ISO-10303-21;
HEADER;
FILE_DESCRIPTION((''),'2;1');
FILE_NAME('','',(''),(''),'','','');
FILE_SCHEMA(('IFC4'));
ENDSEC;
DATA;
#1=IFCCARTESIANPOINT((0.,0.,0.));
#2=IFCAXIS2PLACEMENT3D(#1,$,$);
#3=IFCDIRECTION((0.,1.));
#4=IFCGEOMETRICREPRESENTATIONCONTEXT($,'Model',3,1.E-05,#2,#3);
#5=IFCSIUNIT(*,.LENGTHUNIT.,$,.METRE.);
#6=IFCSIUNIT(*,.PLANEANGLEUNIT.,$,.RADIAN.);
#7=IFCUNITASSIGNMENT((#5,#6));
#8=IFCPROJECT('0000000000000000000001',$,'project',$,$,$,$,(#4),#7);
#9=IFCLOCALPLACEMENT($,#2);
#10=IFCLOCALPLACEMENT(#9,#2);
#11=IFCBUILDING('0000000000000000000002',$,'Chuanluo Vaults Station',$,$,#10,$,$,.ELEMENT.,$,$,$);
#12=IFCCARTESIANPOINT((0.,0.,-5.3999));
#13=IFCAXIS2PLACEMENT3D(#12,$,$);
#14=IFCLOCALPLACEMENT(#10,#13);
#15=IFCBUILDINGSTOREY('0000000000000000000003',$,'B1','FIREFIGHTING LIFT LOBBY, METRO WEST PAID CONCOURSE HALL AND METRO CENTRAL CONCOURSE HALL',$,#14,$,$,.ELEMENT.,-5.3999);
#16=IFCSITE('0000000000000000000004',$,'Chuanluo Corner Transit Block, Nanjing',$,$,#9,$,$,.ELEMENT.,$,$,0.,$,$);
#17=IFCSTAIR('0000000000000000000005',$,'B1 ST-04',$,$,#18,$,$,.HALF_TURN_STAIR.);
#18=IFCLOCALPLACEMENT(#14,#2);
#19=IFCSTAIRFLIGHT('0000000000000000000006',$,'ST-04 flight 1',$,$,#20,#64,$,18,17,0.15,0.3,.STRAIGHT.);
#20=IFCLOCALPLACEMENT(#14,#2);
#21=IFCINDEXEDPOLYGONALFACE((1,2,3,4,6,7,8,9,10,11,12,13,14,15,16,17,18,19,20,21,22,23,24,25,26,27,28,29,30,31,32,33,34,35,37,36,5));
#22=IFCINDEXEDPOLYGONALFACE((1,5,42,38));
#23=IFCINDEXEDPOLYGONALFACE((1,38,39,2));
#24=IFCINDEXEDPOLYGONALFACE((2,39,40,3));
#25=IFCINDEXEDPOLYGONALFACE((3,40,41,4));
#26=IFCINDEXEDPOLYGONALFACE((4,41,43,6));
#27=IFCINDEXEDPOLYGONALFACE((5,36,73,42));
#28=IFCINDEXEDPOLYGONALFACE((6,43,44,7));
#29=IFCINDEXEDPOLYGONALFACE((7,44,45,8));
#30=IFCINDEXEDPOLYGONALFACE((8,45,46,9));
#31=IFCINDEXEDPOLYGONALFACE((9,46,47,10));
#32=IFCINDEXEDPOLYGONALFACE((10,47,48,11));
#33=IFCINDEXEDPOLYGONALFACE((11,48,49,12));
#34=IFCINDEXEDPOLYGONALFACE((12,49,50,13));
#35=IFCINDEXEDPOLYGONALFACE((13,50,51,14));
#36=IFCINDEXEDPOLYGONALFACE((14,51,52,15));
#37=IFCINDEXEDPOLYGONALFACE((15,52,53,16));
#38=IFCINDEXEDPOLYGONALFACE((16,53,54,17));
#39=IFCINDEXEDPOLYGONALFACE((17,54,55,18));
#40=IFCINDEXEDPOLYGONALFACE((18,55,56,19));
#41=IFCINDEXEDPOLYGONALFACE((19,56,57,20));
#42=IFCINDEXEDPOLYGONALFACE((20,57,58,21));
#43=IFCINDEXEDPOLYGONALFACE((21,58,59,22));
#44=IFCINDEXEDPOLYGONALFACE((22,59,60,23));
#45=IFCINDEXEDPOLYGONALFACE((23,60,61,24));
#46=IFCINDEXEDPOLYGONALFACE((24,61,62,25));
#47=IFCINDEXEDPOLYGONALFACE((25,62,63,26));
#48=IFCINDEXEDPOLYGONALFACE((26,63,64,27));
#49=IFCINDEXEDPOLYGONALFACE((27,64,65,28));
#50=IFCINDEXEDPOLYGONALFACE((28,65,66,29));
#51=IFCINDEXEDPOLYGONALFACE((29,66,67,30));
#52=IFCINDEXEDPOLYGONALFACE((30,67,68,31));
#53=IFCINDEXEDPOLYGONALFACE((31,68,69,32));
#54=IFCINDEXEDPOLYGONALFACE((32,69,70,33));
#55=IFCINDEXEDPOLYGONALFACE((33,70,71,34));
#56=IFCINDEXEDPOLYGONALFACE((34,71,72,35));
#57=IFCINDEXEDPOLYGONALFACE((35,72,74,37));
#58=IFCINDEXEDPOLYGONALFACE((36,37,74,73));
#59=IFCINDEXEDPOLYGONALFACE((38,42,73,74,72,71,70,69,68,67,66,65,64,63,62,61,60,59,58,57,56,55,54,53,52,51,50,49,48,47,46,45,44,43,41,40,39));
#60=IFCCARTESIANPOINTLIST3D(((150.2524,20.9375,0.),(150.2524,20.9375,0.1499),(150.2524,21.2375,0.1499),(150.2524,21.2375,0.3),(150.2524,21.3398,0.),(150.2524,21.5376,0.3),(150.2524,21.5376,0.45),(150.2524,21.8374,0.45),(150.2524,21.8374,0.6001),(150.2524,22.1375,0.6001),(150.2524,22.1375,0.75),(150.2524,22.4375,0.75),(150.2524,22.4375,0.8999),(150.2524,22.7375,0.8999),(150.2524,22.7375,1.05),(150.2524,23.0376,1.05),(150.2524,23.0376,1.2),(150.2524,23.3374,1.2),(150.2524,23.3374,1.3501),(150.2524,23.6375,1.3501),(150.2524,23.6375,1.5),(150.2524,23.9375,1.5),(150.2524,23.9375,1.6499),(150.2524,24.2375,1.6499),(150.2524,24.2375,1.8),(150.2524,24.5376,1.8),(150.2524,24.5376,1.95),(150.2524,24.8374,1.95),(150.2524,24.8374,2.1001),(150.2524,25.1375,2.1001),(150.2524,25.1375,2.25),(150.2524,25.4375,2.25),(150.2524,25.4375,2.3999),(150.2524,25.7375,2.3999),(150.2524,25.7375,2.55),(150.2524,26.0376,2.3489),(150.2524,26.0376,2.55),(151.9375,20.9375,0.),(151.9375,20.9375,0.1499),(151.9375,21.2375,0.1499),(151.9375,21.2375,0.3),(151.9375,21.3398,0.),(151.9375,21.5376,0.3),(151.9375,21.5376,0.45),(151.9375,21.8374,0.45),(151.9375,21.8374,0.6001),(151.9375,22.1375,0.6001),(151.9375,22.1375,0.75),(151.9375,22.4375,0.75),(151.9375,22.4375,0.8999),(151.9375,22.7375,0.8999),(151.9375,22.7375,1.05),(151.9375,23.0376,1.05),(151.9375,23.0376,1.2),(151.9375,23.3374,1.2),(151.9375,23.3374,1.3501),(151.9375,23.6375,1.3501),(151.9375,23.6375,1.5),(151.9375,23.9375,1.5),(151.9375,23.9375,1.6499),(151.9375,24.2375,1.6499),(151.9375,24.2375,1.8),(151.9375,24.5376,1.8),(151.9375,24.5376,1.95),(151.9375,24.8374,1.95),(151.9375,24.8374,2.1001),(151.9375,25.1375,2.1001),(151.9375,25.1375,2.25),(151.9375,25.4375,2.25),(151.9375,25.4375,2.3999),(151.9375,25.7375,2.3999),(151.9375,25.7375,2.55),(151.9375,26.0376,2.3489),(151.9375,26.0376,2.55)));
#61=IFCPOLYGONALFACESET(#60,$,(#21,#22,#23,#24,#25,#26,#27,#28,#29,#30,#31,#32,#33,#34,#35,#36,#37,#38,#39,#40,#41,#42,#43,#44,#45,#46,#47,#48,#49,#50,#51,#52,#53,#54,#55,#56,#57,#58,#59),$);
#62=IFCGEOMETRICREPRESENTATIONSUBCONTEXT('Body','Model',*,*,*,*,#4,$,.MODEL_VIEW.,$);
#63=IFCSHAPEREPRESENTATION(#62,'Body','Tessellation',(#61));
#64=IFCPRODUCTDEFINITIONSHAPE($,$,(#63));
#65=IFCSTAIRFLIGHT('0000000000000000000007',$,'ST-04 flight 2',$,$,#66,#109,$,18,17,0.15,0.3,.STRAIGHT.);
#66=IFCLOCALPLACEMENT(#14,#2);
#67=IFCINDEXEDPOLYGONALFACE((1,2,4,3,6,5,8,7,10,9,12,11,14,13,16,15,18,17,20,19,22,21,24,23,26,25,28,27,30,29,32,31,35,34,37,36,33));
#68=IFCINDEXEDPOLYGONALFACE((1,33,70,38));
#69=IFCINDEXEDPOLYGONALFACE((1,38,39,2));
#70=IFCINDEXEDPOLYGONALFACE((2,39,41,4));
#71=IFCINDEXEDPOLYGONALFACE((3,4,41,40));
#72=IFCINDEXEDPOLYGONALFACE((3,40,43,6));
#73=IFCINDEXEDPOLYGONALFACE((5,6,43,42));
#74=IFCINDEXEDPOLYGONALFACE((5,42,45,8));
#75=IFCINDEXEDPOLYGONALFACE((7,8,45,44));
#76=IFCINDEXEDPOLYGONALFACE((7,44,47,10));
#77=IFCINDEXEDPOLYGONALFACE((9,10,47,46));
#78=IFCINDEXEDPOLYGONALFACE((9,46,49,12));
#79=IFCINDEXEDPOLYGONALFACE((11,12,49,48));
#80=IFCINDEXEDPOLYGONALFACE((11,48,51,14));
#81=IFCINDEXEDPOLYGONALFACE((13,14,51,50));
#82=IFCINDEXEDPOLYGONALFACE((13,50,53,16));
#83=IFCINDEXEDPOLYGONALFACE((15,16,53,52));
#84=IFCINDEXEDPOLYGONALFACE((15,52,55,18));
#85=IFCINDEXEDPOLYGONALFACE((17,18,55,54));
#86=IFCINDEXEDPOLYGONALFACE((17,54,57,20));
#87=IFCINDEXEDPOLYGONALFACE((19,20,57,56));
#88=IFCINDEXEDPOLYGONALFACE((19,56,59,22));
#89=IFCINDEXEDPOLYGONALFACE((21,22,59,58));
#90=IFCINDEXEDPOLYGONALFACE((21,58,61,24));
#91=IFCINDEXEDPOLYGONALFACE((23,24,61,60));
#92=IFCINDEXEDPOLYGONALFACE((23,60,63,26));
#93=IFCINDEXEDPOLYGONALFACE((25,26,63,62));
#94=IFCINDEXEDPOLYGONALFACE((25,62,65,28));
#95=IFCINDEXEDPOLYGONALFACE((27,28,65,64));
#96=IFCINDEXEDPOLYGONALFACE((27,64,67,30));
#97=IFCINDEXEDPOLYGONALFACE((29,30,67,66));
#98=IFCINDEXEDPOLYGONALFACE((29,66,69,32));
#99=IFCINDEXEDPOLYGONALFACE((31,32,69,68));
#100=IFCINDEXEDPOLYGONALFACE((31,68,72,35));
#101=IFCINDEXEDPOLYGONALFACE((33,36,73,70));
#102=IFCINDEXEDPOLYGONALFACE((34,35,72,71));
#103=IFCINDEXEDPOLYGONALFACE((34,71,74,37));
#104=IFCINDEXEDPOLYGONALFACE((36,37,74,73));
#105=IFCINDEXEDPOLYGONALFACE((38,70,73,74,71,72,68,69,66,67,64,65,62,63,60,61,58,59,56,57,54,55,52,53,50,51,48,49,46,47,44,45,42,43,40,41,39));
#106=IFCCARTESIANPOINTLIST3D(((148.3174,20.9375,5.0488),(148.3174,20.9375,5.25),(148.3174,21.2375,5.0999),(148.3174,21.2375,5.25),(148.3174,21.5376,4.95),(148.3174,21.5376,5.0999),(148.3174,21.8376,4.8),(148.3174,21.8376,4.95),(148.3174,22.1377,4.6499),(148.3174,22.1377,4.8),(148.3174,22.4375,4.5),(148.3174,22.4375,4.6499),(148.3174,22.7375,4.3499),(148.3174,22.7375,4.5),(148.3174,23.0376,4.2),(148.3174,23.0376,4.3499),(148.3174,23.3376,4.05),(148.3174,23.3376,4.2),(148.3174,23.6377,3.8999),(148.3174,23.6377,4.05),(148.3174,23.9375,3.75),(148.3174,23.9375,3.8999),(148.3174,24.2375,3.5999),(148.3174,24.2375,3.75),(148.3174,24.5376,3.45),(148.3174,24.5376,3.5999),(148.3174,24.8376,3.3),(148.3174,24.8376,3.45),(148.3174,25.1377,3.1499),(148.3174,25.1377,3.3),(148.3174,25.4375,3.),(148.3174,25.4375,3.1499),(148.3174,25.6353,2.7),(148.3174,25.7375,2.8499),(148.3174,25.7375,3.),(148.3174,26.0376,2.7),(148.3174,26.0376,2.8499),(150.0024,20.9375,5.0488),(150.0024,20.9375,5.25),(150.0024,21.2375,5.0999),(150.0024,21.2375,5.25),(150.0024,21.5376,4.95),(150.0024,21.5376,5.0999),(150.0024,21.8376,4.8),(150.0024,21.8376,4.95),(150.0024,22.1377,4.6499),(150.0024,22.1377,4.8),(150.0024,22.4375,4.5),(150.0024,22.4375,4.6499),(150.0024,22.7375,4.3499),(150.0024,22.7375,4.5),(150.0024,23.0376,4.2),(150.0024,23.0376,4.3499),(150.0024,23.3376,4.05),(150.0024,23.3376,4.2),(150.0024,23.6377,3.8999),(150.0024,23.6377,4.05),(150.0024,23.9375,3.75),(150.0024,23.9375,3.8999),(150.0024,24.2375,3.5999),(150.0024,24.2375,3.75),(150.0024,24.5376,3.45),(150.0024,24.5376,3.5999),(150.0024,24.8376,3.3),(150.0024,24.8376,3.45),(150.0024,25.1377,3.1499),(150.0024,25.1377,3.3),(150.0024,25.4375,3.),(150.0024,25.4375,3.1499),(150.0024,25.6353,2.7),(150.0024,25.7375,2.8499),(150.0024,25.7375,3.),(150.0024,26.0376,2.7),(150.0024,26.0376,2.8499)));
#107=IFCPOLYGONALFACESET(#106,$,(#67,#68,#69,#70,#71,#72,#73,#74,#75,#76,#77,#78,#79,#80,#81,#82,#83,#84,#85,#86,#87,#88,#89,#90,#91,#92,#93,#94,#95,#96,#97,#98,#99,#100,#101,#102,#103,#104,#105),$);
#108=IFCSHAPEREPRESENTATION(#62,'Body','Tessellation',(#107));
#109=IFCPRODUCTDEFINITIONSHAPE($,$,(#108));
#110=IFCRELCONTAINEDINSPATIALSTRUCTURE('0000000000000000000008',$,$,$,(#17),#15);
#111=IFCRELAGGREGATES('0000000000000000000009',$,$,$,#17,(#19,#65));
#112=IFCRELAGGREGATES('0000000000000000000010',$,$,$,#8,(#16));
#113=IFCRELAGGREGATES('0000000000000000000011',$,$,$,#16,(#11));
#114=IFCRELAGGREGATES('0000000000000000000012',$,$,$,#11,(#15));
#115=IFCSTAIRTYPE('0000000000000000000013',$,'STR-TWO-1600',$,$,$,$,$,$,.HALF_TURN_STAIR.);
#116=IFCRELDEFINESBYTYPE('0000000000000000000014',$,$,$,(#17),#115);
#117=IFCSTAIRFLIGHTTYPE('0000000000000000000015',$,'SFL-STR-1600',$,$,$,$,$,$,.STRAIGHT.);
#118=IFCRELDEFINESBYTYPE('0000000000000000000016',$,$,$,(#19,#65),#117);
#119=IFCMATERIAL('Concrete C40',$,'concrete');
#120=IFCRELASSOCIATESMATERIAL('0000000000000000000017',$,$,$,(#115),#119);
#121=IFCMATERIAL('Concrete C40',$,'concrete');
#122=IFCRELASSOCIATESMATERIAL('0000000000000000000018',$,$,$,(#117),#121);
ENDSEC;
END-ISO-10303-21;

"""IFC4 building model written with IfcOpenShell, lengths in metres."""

from ifc_helpers import new_model, si_unit, direction, frame, origin, place, context, subcontext, project, spatial, polyline, outline, extrude, material, type_object, element, aggregate, save


model = new_model("IFC4")

# Units and contexts
model_context = context("Model", 3, precision=1e-05, world=origin(), true_north=direction((0.0, 1.0)))
body_context = subcontext(model_context, "Body", "Model", "MODEL_VIEW")
ifc_project = project(units=[si_unit("LENGTHUNIT", "METRE"), si_unit("PLANEANGLEUNIT", "RADIAN")], contexts=[model_context])

# Site, building, storey
site_placement = place(None, origin())
site = spatial("IfcSite", under=ifc_project, at=site_placement, Name="Chuanluo Corner Transit Block, Nanjing", CompositionType="ELEMENT", RefElevation=0.0)
building_placement = place(site_placement, origin())
building = spatial("IfcBuilding", under=site, at=building_placement, Name="Chuanluo Vaults Station", CompositionType="ELEMENT")
storey_placement = place(building_placement, frame((0.0, 0.0, -5.3999)))
storey = spatial("IfcBuildingStorey", under=building, at=storey_placement, Name="B1", Description="FIREFIGHTING LIFT LOBBY, METRO WEST PAID CONCOURSE HALL AND METRO CENTRAL CONCOURSE HALL", CompositionType="ELEMENT", Elevation=-5.3999)

# Stair, stair flights
ifc_material_1 = material(Name="Concrete C40", Category="concrete")
stair_type = type_object("IfcStairType", Name="STR-TWO-1600", PredefinedType="HALF_TURN_STAIR", material=ifc_material_1)
stair_placement = place(storey_placement, origin())
stair = element("IfcStair", 1, at=stair_placement, inside=storey, type_object=stair_type, Name="B1 ST-04", PredefinedType="HALF_TURN_STAIR")
ifc_material_2 = material(Name="Concrete C40", Category="concrete")
stair_flight_type = type_object("IfcStairFlightType", Name="SFL-STR-1600", PredefinedType="STRAIGHT", material=ifc_material_2)
stair_flight_1_placement = place(storey_placement, frame((151.095, 20.9375, 0.0), z_axis=(0.0, 0.0, 1.0), x_axis=(0.0, 1.0, 0.0)))
stair_flight_1 = element("IfcStairFlight", 2, at=stair_flight_1_placement, type_object=stair_flight_type, Name="ST-04 flight 1", NumberOfRisers=18, NumberOfTreads=17, PredefinedType="STRAIGHT", RiserHeight=0.15, TreadLength=0.3, context=body_context, shape_type="SweptSolid", body=[
    extrude(outline(polyline([(0.0, 0.0), (0.0, 0.1499), (0.3, 0.1499), (0.3, 0.3), (0.6001, 0.3), (0.6001, 0.45), (0.8999, 0.45), (0.8999, 0.6001), (1.2, 0.6001), (1.2, 0.75), (1.5, 0.75), (1.5, 0.8999), (1.8, 0.8999), (1.8, 1.05), (2.1001, 1.05), (2.1001, 1.2), (2.3999, 1.2), (2.3999, 1.3501), (2.7, 1.3501), (2.7, 1.5), (3.0, 1.5), (3.0, 1.6499), (3.3, 1.6499), (3.3, 1.8), (3.6001, 1.8), (3.6001, 1.95), (3.8999, 1.95), (3.8999, 2.1001), (4.2, 2.1001), (4.2, 2.25), (4.5, 2.25), (4.5, 2.3999), (4.8, 2.3999), (4.8, 2.55), (5.1001, 2.55), (5.1001, 2.7), (5.1001, 2.3489), (0.4023, 0.0), (0.0, 0.0)])), frame((0.0, 0.8425, 0.0), z_axis=(0.0, -1.0, 0.0), x_axis=(1.0, 0.0, 0.0)), (0.0, 0.0, 1.0), 1.6851),
])
stair_flight_2_placement = place(storey_placement, frame((149.1599, 26.0376, 2.7), z_axis=(0.0, 0.0, 1.0), x_axis=(0.0, -1.0, 0.0)))
stair_flight_2 = element("IfcStairFlight", 3, at=stair_flight_2_placement, type_object=stair_flight_type, Name="ST-04 flight 2", NumberOfRisers=18, NumberOfTreads=17, PredefinedType="STRAIGHT", RiserHeight=0.15, TreadLength=0.3, context=body_context, shape_type="SweptSolid", body=[
    extrude(outline(polyline([(0.0, 0.0), (0.0, 0.1499), (0.3, 0.1499), (0.3, 0.3), (0.6001, 0.3), (0.6001, 0.45), (0.8999, 0.45), (0.8999, 0.6001), (1.2, 0.6001), (1.2, 0.75), (1.5, 0.75), (1.5, 0.8999), (1.8, 0.8999), (1.8, 1.05), (2.1001, 1.05), (2.1001, 1.2), (2.3999, 1.2), (2.3999, 1.3501), (2.7, 1.3501), (2.7, 1.5), (3.0, 1.5), (3.0, 1.6499), (3.3, 1.6499), (3.3, 1.8), (3.6001, 1.8), (3.6001, 1.95), (3.8999, 1.95), (3.8999, 2.1001), (4.2, 2.1001), (4.2, 2.25), (4.5, 2.25), (4.5, 2.3999), (4.8, 2.3999), (4.8, 2.55), (5.1001, 2.55), (5.1001, 2.7), (5.1001, 2.3489), (0.4023, 0.0), (0.0, 0.0)])), frame((0.0, 0.8425, 0.0), z_axis=(0.0, -1.0, 0.0), x_axis=(1.0, 0.0, 0.0)), (0.0, 0.0, 1.0), 1.6851),
])
aggregate(stair, [stair_flight_1, stair_flight_2])

save(model, "model.ifc")
